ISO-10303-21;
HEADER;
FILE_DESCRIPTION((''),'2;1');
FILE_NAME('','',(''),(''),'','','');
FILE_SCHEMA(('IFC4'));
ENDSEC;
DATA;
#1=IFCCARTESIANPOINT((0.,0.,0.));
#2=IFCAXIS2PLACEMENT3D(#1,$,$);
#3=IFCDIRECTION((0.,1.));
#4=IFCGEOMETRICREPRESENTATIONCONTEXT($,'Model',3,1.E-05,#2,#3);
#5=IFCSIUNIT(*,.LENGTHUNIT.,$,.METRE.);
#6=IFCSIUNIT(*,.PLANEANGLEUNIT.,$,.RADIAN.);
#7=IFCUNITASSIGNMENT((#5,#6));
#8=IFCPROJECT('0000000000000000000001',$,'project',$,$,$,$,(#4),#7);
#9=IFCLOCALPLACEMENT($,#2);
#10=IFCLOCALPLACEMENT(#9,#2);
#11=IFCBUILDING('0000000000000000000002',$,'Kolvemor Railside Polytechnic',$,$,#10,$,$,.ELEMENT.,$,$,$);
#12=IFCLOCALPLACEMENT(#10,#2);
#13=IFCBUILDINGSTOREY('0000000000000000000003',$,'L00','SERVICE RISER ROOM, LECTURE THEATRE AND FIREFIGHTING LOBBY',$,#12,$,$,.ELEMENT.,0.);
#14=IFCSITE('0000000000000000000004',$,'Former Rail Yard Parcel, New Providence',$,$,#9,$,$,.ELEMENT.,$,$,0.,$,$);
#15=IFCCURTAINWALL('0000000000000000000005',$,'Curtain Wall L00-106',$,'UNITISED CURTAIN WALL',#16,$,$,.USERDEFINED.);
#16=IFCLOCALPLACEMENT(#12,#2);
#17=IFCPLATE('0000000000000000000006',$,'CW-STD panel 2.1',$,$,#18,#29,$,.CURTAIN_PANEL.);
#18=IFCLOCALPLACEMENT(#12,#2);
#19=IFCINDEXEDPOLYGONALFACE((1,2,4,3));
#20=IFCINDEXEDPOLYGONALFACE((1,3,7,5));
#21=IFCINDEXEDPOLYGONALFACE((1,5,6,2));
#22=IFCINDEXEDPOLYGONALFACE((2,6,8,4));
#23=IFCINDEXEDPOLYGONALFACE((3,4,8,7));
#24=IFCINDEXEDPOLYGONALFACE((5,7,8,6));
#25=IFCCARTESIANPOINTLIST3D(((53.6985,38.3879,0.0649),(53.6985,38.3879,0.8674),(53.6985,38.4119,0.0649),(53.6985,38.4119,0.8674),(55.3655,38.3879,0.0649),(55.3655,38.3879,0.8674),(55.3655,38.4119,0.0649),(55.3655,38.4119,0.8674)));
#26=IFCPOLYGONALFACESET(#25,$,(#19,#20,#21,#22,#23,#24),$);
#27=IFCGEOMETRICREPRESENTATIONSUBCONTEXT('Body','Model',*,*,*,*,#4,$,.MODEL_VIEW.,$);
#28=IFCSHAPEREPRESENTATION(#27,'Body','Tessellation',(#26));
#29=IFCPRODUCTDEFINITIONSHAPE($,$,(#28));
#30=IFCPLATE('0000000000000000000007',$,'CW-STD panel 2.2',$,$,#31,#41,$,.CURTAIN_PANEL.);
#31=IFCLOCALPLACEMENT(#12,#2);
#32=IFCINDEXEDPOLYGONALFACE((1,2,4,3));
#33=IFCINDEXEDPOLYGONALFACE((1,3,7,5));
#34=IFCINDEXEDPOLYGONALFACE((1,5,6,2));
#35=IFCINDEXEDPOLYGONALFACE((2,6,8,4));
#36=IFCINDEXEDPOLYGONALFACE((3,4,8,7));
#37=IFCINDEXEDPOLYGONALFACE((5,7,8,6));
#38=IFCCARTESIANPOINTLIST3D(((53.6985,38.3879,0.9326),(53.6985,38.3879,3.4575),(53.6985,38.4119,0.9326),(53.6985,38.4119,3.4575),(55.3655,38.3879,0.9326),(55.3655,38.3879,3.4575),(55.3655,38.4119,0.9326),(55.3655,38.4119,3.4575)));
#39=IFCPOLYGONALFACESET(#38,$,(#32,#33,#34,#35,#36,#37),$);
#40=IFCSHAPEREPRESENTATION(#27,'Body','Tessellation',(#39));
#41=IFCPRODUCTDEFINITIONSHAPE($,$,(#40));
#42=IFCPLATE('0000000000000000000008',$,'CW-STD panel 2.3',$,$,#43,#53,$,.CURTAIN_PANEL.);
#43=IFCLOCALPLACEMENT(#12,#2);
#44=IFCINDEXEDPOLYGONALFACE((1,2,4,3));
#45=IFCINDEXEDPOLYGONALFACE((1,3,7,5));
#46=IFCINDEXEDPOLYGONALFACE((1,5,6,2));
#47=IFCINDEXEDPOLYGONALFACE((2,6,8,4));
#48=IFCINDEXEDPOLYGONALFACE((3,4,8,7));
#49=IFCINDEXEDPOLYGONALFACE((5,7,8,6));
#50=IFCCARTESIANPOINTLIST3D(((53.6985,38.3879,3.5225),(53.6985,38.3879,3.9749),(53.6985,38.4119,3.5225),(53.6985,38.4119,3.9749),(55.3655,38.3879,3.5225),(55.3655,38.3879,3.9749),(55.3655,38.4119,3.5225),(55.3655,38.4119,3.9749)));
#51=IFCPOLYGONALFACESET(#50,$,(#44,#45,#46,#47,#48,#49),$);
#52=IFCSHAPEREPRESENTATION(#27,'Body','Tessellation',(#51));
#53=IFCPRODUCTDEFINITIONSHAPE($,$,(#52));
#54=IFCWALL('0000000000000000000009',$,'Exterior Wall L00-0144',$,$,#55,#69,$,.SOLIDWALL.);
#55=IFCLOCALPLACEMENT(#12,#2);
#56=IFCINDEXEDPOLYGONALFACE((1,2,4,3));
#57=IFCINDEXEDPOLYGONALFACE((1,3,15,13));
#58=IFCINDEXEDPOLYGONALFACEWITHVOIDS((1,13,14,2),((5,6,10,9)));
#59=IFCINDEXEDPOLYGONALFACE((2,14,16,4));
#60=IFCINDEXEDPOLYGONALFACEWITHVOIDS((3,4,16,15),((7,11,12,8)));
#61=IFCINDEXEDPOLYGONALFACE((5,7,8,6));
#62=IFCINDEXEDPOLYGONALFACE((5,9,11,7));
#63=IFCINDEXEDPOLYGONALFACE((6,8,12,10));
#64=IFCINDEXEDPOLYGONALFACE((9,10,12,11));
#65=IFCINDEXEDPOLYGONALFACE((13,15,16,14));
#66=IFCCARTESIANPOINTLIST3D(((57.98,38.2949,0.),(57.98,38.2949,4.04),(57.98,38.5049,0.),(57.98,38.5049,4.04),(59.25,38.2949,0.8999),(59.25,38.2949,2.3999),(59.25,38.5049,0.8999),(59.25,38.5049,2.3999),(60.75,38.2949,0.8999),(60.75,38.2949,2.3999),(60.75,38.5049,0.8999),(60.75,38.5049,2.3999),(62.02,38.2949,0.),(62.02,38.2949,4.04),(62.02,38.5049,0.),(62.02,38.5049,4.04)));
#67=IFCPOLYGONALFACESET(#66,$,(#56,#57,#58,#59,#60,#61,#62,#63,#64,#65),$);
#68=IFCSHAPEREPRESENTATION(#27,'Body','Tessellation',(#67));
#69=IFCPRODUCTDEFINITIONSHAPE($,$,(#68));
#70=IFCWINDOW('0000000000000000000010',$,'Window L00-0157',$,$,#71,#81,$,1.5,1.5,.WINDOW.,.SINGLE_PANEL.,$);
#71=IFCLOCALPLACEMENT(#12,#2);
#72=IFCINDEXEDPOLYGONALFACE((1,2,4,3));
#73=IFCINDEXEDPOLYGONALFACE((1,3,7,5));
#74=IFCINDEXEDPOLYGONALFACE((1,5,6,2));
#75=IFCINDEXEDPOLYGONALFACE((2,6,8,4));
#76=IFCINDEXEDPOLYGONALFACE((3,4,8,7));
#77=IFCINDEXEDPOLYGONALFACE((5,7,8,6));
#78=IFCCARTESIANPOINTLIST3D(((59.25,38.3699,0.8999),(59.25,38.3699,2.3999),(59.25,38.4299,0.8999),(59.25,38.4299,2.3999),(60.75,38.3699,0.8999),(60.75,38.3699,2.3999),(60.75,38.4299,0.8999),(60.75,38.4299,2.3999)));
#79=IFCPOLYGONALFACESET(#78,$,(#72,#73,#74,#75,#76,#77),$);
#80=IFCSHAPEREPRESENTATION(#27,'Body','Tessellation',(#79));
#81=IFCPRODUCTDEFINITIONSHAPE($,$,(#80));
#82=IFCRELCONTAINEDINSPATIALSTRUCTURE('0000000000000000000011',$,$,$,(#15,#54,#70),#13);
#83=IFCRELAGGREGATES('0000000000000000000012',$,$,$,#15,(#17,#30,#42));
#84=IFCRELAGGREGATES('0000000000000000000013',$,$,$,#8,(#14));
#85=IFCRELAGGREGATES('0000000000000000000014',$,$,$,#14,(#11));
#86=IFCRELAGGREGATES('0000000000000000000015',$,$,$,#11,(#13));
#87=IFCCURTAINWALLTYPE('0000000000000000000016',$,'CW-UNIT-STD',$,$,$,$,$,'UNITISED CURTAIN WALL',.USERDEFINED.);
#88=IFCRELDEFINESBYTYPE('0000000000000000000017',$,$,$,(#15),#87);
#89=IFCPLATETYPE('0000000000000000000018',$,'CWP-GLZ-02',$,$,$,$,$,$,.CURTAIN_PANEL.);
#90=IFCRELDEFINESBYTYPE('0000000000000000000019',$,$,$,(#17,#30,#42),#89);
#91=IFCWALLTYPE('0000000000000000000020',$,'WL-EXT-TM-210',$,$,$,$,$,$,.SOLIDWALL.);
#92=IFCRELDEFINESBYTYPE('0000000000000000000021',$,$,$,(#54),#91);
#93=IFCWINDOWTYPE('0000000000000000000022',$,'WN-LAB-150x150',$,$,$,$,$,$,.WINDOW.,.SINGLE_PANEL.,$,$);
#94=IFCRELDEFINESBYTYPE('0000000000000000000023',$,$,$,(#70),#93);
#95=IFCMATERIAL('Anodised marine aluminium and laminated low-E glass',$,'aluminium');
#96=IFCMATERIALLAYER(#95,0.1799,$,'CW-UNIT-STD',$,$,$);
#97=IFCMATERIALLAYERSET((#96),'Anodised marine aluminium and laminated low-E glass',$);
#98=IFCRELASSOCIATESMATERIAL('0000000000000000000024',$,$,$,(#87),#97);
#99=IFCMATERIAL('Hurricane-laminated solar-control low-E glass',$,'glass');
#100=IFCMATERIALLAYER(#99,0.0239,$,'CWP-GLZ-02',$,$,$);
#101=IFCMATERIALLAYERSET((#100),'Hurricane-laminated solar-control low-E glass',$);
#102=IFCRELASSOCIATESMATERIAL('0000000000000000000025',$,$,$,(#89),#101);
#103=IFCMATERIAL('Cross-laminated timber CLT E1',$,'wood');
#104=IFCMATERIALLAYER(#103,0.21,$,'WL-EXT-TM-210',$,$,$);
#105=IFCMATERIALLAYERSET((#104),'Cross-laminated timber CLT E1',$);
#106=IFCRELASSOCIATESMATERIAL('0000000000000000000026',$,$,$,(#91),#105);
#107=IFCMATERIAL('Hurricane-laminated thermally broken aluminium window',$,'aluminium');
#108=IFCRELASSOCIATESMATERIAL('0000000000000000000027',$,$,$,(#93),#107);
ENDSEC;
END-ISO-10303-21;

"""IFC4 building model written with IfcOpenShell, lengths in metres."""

from ifc_helpers import new_model, si_unit, direction, frame, frame_2d, origin, origin_2d, place, context, subcontext, project, spatial, rectangle, extrude, material, layer, layer_set, type_object, element, fill, aggregate, save


model = new_model("IFC4")

# Units and contexts
model_context = context("Model", 3, precision=1e-05, world=origin(), true_north=direction((0.0, 1.0)))
body_context = subcontext(model_context, "Body", "Model", "MODEL_VIEW")
ifc_project = project(units=[si_unit("LENGTHUNIT", "METRE"), si_unit("PLANEANGLEUNIT", "RADIAN")], contexts=[model_context])

# Site, building, storey
site_placement = place(None, origin())
site = spatial("IfcSite", under=ifc_project, at=site_placement, Name="Former Rail Yard Parcel, New Providence", CompositionType="ELEMENT", RefElevation=0.0)
building_placement = place(site_placement, origin())
building = spatial("IfcBuilding", under=site, at=building_placement, Name="Kolvemor Railside Polytechnic", CompositionType="ELEMENT")
storey_placement = place(building_placement, origin())
storey = spatial("IfcBuildingStorey", under=building, at=storey_placement, Name="L00", Description="SERVICE RISER ROOM, LECTURE THEATRE AND FIREFIGHTING LOBBY", CompositionType="ELEMENT", Elevation=0.0)

# Curtain wall, plates
ifc_material_1 = material(Name="Anodised marine aluminium and laminated low-E glass", Category="aluminium")
ifc_layer_1 = layer(ifc_material_1, 0.1799, Name="CW-UNIT-STD")
ifc_layer_set_1 = layer_set([ifc_layer_1], Name="Anodised marine aluminium and laminated low-E glass")
curtain_wall_type = type_object("IfcCurtainWallType", Name="CW-UNIT-STD", ElementType="UNITISED CURTAIN WALL", PredefinedType="USERDEFINED", material=ifc_layer_set_1)
curtain_wall_placement = place(storey_placement, origin())
curtain_wall = element("IfcCurtainWall", 1, at=curtain_wall_placement, inside=storey, type_object=curtain_wall_type, Name="Curtain Wall L00-106", ObjectType="UNITISED CURTAIN WALL", PredefinedType="USERDEFINED")
ifc_material_2 = material(Name="Hurricane-laminated solar-control low-E glass", Category="glass")
ifc_layer_2 = layer(ifc_material_2, 0.0239, Name="CWP-GLZ-02")
ifc_layer_set_2 = layer_set([ifc_layer_2], Name="Hurricane-laminated solar-control low-E glass")
plate_type = type_object("IfcPlateType", Name="CWP-GLZ-02", PredefinedType="CURTAIN_PANEL", material=ifc_layer_set_2)
plate_1_placement = place(storey_placement, frame((54.532, 38.3999, 0.0649), z_axis=(0.0, 0.0, 1.0), x_axis=(-1.0, 0.0, 0.0)))
plate_1 = element("IfcPlate", 2, at=plate_1_placement, type_object=plate_type, Name="CW-STD panel 2.1", PredefinedType="CURTAIN_PANEL", context=body_context, shape_type="SweptSolid", body=[
    extrude(rectangle(XDim=1.667, YDim=0.0239, at=origin_2d()), origin(), (0.0, 0.0, 1.0), 0.8025),
])
plate_2_placement = place(storey_placement, frame((54.532, 38.3999, 0.9326), z_axis=(0.0, 0.0, 1.0), x_axis=(-1.0, 0.0, 0.0)))
plate_2 = element("IfcPlate", 3, at=plate_2_placement, type_object=plate_type, Name="CW-STD panel 2.2", PredefinedType="CURTAIN_PANEL", context=body_context, shape_type="SweptSolid", body=[
    extrude(rectangle(XDim=1.667, YDim=0.0239, at=origin_2d()), origin(), (0.0, 0.0, 1.0), 2.5249),
])
plate_3_placement = place(storey_placement, frame((54.532, 38.3999, 3.5225), z_axis=(0.0, 0.0, 1.0), x_axis=(-1.0, 0.0, 0.0)))
plate_3 = element("IfcPlate", 4, at=plate_3_placement, type_object=plate_type, Name="CW-STD panel 2.3", PredefinedType="CURTAIN_PANEL", context=body_context, shape_type="SweptSolid", body=[
    extrude(rectangle(XDim=1.667, YDim=0.0239, at=origin_2d()), origin(), (0.0, 0.0, 1.0), 0.4524),
])
aggregate(curtain_wall, [plate_1, plate_2, plate_3])

# Wall, opening, window
ifc_material_3 = material(Name="Cross-laminated timber CLT E1", Category="wood")
ifc_layer_3 = layer(ifc_material_3, 0.21, Name="WL-EXT-TM-210")
ifc_layer_set_3 = layer_set([ifc_layer_3], Name="Cross-laminated timber CLT E1")
wall_type = type_object("IfcWallType", Name="WL-EXT-TM-210", PredefinedType="SOLIDWALL", material=ifc_layer_set_3)
wall_placement = place(storey_placement, frame((62.02, 38.3999, 0.0), z_axis=(0.0, 0.0, 1.0), x_axis=(-1.0, 0.0, 0.0)))
wall = element("IfcWall", 5, at=wall_placement, inside=storey, type_object=wall_type, Name="Exterior Wall L00-0144", PredefinedType="SOLIDWALL", context=body_context, shape_type="SweptSolid", body=[
    extrude(rectangle(XDim=4.04, YDim=0.21, at=frame_2d((2.02, 0.0))), origin(), (0.0, 0.0, 1.0), 4.04),
])
opening_placement = place(wall_placement, frame((1.27, 0.0, 0.8999)))
opening = element("IfcOpeningElement", 6, at=opening_placement, cuts=wall, PredefinedType="OPENING", context=body_context, shape_type="SweptSolid", body=[
    extrude(rectangle(XDim=1.5, YDim=1.5, at=frame_2d((0.75, 0.75))), frame((0.0, 0.115, 0.0), z_axis=(0.0, -1.0, 0.0), x_axis=(1.0, 0.0, 0.0)), (0.0, 0.0, 1.0), 0.23),
])
ifc_material_4 = material(Name="Hurricane-laminated thermally broken aluminium window", Category="aluminium")
window_type = type_object("IfcWindowType", Name="WN-LAB-150x150", PartitioningType="SINGLE_PANEL", PredefinedType="WINDOW", material=ifc_material_4)
window_placement = place(opening_placement, origin())
window = element("IfcWindow", 7, at=window_placement, inside=storey, type_object=window_type, Name="Window L00-0157", OverallHeight=1.5, OverallWidth=1.5, PartitioningType="SINGLE_PANEL", PredefinedType="WINDOW", context=body_context, shape_type="SweptSolid", body=[
    extrude(rectangle(XDim=1.5, YDim=1.5, at=frame_2d((0.75, 0.75))), frame((0.0, 0.03, 0.0), z_axis=(0.0, -1.0, 0.0), x_axis=(1.0, 0.0, 0.0)), (0.0, 0.0, 1.0), 0.0601),
])
fill(opening, window)

save(model, "model.ifc")
